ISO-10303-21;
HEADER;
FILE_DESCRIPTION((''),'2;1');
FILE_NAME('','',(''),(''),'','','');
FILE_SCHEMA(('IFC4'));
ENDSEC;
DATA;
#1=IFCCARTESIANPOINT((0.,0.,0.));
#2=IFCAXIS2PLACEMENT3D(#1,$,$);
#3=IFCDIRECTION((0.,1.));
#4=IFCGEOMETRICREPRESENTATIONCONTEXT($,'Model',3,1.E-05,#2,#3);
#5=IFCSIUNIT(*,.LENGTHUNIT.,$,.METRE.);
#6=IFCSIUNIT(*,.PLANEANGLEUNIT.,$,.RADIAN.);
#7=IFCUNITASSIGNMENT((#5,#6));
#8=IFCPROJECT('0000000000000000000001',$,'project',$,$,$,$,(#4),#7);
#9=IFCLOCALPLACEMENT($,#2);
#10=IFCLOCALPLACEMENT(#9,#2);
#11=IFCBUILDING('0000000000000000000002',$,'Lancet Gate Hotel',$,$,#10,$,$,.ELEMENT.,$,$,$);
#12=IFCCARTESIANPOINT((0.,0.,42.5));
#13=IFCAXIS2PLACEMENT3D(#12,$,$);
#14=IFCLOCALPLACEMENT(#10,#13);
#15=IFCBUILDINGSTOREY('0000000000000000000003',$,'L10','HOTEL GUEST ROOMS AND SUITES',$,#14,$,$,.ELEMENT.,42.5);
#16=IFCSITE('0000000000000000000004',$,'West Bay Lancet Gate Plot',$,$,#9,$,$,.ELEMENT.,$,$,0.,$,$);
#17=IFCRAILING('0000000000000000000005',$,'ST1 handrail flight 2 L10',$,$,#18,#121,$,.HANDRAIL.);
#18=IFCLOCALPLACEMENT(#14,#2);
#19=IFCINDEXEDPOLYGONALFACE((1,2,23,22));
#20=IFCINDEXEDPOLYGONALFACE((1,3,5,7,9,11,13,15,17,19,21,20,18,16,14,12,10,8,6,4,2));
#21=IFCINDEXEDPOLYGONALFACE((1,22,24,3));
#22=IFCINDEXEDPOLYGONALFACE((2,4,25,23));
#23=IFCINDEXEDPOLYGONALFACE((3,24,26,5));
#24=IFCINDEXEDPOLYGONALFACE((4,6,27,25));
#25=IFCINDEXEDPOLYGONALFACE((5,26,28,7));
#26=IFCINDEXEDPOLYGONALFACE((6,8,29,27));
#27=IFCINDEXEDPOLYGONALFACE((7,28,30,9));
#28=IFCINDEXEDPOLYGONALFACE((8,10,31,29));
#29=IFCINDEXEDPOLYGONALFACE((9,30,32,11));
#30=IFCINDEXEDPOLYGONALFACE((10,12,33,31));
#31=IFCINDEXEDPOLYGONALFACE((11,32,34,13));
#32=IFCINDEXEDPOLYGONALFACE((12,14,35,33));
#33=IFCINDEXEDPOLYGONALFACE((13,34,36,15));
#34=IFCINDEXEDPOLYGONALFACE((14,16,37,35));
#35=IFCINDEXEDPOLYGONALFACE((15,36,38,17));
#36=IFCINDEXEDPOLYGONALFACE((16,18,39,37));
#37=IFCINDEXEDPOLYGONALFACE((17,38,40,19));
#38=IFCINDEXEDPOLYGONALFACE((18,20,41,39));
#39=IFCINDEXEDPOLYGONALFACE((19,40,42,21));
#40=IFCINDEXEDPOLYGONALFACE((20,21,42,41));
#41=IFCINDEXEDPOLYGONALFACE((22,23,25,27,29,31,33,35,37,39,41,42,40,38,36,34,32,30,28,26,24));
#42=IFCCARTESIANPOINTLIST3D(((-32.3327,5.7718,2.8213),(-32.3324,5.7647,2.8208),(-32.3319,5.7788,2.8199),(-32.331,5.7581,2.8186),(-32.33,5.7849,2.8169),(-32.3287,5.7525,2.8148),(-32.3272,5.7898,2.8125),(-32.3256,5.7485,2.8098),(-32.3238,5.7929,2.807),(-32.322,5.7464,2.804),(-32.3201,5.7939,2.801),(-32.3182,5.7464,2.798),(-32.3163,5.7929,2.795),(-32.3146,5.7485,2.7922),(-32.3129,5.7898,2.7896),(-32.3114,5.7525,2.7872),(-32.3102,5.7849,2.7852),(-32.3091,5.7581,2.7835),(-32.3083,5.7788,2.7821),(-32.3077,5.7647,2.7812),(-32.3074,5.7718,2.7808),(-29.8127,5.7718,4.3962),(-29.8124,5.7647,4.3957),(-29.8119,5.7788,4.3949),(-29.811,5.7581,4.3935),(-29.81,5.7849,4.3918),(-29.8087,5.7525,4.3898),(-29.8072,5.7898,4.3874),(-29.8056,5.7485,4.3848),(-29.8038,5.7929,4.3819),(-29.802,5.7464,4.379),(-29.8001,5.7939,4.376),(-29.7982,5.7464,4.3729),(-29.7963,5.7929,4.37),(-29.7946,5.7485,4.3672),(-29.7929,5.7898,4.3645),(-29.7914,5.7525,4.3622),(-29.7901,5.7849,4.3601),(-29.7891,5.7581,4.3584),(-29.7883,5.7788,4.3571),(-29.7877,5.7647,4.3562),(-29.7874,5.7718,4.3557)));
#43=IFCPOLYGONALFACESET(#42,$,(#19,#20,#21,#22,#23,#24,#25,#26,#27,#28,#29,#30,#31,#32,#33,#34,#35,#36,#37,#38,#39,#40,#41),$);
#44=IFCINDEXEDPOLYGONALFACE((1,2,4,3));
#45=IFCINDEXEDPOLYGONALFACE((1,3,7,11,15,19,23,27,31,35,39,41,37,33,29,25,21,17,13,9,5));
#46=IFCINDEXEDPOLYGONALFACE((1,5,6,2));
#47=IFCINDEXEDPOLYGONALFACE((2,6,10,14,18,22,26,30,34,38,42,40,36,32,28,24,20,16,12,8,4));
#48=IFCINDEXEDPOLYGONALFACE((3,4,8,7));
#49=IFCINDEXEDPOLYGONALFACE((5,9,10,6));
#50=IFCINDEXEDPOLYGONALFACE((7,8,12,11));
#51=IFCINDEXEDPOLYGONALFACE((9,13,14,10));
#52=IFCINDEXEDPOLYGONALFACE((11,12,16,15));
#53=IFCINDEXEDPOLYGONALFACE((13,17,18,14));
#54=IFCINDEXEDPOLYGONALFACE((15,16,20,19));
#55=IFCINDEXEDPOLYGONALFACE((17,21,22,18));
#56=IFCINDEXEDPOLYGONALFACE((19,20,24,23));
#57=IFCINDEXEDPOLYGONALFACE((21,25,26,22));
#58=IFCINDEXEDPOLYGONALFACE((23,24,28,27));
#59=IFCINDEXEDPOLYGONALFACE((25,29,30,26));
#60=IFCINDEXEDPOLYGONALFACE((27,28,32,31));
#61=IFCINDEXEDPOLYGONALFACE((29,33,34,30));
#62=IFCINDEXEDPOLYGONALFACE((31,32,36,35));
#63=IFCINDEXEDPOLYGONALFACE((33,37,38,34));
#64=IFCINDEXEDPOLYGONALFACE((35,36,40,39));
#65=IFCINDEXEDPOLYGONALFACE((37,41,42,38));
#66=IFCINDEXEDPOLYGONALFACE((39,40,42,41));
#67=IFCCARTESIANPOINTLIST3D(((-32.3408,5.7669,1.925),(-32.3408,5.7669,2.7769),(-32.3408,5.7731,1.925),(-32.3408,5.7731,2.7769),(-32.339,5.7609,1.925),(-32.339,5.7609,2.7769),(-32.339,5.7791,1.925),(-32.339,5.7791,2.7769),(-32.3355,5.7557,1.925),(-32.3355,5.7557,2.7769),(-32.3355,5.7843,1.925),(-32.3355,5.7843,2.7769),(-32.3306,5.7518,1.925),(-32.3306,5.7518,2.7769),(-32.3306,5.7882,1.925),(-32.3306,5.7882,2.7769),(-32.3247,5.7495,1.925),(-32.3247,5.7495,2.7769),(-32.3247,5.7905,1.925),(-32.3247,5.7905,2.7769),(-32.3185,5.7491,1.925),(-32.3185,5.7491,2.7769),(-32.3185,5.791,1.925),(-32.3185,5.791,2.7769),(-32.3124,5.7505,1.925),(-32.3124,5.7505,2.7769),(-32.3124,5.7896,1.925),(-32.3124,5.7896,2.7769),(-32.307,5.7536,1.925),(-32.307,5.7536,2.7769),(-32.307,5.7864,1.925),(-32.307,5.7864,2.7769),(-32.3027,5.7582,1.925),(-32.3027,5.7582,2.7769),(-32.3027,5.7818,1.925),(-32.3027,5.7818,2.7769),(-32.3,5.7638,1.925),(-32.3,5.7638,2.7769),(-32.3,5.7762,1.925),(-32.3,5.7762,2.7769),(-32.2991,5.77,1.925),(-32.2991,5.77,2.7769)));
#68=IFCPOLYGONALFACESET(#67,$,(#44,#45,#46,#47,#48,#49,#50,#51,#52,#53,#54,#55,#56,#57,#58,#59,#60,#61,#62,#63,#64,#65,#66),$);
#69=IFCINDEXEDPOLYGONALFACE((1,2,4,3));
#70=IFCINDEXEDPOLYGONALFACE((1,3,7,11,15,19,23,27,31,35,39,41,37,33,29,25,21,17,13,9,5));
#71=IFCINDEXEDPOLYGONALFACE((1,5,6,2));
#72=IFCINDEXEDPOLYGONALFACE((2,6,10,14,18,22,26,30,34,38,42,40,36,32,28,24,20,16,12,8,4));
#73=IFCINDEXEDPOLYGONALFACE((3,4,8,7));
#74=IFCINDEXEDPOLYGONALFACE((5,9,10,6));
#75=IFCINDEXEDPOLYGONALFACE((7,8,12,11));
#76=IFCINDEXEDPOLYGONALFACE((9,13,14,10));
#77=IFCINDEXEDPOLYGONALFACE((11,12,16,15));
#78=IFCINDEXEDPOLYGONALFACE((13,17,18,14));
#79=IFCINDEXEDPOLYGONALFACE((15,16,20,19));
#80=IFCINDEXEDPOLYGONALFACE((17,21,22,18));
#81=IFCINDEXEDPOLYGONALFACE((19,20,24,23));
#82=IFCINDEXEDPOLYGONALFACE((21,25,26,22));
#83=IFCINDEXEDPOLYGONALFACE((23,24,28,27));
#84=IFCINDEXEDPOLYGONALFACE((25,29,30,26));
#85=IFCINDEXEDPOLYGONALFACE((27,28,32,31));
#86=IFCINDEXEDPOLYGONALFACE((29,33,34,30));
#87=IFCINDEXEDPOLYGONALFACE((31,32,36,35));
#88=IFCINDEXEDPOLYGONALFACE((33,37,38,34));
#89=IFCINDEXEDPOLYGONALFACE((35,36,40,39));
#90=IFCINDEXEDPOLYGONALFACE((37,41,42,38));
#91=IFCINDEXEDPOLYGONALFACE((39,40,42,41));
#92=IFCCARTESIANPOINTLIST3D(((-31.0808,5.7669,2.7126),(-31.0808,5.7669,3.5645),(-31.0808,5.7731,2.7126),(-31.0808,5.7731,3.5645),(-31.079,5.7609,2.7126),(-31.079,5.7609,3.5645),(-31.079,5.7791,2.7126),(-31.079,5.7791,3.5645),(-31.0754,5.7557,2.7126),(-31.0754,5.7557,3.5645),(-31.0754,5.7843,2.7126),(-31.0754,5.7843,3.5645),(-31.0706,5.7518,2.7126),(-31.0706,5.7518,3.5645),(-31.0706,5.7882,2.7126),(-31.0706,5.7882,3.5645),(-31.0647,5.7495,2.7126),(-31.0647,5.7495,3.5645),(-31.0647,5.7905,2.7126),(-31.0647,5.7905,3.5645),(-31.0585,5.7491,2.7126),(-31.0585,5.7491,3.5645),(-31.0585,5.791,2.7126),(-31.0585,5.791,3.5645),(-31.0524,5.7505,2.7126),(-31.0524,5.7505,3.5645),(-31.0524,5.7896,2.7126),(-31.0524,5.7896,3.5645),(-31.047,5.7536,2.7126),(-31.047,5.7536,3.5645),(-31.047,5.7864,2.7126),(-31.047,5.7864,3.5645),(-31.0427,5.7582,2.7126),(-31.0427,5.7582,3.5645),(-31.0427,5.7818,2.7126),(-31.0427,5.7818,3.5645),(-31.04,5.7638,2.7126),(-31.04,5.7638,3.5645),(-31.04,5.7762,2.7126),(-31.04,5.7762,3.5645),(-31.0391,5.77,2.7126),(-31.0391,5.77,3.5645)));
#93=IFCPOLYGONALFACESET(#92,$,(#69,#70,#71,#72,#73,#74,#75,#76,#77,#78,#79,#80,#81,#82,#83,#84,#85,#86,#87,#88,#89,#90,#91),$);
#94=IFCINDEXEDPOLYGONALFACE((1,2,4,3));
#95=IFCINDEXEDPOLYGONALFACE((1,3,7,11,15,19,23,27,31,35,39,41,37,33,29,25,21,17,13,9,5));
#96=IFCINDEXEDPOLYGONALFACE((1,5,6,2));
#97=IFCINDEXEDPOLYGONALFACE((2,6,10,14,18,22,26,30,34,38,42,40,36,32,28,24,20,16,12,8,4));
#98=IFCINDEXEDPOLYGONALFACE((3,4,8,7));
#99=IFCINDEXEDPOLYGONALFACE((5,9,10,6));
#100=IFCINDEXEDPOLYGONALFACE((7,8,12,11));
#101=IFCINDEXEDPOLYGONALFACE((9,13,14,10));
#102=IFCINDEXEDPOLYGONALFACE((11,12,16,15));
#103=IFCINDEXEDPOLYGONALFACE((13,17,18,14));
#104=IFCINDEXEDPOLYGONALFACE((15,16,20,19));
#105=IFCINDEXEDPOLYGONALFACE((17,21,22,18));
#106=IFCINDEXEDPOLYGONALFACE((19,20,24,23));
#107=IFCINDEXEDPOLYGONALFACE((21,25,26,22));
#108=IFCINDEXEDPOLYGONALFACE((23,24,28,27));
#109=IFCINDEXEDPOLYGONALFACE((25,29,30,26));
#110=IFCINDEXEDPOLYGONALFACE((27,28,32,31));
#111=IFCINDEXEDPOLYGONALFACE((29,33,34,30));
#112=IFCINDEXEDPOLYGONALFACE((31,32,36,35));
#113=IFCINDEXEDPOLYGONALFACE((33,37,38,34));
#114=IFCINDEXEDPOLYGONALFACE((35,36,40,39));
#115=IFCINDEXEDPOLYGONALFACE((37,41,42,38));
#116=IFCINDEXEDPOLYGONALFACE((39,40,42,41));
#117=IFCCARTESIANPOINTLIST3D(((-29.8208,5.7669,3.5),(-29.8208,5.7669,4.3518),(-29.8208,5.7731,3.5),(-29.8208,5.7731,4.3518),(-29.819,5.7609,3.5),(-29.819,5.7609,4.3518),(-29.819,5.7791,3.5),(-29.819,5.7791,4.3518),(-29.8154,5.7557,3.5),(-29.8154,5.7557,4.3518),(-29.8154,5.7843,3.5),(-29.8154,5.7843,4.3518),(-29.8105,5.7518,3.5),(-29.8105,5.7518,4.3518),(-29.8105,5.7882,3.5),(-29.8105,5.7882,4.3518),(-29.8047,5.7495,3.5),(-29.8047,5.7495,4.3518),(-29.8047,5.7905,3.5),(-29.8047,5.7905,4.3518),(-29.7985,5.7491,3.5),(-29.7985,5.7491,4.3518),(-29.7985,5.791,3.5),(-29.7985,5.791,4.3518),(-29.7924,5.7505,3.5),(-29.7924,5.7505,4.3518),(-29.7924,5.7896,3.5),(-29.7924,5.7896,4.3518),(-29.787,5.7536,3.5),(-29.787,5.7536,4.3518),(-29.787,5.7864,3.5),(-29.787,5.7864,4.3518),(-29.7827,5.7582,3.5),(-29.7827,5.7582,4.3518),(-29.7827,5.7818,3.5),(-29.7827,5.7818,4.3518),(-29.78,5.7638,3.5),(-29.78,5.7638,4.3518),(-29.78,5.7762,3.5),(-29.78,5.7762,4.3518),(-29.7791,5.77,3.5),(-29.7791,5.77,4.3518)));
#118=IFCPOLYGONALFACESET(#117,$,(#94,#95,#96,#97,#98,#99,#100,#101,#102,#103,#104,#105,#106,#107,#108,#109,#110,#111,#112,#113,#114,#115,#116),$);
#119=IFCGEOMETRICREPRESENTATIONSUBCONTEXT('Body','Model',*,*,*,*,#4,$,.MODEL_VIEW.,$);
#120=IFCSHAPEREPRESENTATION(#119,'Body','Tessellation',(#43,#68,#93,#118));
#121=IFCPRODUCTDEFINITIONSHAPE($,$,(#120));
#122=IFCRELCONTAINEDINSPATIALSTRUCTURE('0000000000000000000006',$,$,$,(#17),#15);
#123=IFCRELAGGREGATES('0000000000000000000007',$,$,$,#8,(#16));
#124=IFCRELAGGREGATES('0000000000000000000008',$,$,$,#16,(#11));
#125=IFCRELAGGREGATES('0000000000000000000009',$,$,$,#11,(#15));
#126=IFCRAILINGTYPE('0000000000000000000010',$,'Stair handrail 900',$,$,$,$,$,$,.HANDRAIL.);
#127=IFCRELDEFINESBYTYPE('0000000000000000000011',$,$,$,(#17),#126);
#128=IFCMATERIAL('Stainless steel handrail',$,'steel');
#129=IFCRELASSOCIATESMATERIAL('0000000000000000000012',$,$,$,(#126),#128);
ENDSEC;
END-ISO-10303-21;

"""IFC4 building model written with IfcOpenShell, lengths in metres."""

from ifc_helpers import new_model, si_unit, direction, frame, origin, origin_2d, place, context, subcontext, project, spatial, circle, extrude, material, type_object, element, save


model = new_model("IFC4")

# Units and contexts
model_context = context("Model", 3, precision=1e-05, world=origin(), true_north=direction((0.0, 1.0)))
body_context = subcontext(model_context, "Body", "Model", "MODEL_VIEW")
ifc_project = project(units=[si_unit("LENGTHUNIT", "METRE"), si_unit("PLANEANGLEUNIT", "RADIAN")], contexts=[model_context])

# Site, building, storey
site_placement = place(None, origin())
site = spatial("IfcSite", under=ifc_project, at=site_placement, Name="West Bay Lancet Gate Plot", CompositionType="ELEMENT", RefElevation=0.0)
building_placement = place(site_placement, origin())
building = spatial("IfcBuilding", under=site, at=building_placement, Name="Lancet Gate Hotel", CompositionType="ELEMENT")
storey_placement = place(building_placement, frame((0.0, 0.0, 42.5)))
storey = spatial("IfcBuildingStorey", under=building, at=storey_placement, Name="L10", Description="HOTEL GUEST ROOMS AND SUITES", CompositionType="ELEMENT", Elevation=42.5)

# Railing
ifc_material_1 = material(Name="Stainless steel handrail", Category="steel")
railing_type = type_object("IfcRailingType", Name="Stair handrail 900", PredefinedType="HANDRAIL", material=ifc_material_1)
railing_1_placement = place(storey_placement, frame((-32.3201, 5.77, 1.925)))
element("IfcRailing", 1, at=railing_1_placement, inside=storey, type_object=railing_type, Name="ST1 handrail flight 2 L10", PredefinedType="HANDRAIL", context=body_context, shape_type="SweptSolid", body=[
    extrude(circle(Radius=0.0239, at=origin_2d()), frame((0.0, 0.0, 0.876), z_axis=(0.848008, 0.0, 0.529984), x_axis=(0.0, 1.0, 0.0)), (0.0, 0.0, 1.0), 2.9717),
    extrude(circle(Radius=0.021, at=origin_2d()), origin(), (0.0, 0.0, 1.0), 0.8518),
    extrude(circle(Radius=0.021, at=origin_2d()), frame((1.26, 0.0, 0.7876)), (0.0, 0.0, 1.0), 0.8518),
    extrude(circle(Radius=0.021, at=origin_2d()), frame((2.52, 0.0, 1.575)), (0.0, 0.0, 1.0), 0.8518),
])

save(model, "model.ifc")
